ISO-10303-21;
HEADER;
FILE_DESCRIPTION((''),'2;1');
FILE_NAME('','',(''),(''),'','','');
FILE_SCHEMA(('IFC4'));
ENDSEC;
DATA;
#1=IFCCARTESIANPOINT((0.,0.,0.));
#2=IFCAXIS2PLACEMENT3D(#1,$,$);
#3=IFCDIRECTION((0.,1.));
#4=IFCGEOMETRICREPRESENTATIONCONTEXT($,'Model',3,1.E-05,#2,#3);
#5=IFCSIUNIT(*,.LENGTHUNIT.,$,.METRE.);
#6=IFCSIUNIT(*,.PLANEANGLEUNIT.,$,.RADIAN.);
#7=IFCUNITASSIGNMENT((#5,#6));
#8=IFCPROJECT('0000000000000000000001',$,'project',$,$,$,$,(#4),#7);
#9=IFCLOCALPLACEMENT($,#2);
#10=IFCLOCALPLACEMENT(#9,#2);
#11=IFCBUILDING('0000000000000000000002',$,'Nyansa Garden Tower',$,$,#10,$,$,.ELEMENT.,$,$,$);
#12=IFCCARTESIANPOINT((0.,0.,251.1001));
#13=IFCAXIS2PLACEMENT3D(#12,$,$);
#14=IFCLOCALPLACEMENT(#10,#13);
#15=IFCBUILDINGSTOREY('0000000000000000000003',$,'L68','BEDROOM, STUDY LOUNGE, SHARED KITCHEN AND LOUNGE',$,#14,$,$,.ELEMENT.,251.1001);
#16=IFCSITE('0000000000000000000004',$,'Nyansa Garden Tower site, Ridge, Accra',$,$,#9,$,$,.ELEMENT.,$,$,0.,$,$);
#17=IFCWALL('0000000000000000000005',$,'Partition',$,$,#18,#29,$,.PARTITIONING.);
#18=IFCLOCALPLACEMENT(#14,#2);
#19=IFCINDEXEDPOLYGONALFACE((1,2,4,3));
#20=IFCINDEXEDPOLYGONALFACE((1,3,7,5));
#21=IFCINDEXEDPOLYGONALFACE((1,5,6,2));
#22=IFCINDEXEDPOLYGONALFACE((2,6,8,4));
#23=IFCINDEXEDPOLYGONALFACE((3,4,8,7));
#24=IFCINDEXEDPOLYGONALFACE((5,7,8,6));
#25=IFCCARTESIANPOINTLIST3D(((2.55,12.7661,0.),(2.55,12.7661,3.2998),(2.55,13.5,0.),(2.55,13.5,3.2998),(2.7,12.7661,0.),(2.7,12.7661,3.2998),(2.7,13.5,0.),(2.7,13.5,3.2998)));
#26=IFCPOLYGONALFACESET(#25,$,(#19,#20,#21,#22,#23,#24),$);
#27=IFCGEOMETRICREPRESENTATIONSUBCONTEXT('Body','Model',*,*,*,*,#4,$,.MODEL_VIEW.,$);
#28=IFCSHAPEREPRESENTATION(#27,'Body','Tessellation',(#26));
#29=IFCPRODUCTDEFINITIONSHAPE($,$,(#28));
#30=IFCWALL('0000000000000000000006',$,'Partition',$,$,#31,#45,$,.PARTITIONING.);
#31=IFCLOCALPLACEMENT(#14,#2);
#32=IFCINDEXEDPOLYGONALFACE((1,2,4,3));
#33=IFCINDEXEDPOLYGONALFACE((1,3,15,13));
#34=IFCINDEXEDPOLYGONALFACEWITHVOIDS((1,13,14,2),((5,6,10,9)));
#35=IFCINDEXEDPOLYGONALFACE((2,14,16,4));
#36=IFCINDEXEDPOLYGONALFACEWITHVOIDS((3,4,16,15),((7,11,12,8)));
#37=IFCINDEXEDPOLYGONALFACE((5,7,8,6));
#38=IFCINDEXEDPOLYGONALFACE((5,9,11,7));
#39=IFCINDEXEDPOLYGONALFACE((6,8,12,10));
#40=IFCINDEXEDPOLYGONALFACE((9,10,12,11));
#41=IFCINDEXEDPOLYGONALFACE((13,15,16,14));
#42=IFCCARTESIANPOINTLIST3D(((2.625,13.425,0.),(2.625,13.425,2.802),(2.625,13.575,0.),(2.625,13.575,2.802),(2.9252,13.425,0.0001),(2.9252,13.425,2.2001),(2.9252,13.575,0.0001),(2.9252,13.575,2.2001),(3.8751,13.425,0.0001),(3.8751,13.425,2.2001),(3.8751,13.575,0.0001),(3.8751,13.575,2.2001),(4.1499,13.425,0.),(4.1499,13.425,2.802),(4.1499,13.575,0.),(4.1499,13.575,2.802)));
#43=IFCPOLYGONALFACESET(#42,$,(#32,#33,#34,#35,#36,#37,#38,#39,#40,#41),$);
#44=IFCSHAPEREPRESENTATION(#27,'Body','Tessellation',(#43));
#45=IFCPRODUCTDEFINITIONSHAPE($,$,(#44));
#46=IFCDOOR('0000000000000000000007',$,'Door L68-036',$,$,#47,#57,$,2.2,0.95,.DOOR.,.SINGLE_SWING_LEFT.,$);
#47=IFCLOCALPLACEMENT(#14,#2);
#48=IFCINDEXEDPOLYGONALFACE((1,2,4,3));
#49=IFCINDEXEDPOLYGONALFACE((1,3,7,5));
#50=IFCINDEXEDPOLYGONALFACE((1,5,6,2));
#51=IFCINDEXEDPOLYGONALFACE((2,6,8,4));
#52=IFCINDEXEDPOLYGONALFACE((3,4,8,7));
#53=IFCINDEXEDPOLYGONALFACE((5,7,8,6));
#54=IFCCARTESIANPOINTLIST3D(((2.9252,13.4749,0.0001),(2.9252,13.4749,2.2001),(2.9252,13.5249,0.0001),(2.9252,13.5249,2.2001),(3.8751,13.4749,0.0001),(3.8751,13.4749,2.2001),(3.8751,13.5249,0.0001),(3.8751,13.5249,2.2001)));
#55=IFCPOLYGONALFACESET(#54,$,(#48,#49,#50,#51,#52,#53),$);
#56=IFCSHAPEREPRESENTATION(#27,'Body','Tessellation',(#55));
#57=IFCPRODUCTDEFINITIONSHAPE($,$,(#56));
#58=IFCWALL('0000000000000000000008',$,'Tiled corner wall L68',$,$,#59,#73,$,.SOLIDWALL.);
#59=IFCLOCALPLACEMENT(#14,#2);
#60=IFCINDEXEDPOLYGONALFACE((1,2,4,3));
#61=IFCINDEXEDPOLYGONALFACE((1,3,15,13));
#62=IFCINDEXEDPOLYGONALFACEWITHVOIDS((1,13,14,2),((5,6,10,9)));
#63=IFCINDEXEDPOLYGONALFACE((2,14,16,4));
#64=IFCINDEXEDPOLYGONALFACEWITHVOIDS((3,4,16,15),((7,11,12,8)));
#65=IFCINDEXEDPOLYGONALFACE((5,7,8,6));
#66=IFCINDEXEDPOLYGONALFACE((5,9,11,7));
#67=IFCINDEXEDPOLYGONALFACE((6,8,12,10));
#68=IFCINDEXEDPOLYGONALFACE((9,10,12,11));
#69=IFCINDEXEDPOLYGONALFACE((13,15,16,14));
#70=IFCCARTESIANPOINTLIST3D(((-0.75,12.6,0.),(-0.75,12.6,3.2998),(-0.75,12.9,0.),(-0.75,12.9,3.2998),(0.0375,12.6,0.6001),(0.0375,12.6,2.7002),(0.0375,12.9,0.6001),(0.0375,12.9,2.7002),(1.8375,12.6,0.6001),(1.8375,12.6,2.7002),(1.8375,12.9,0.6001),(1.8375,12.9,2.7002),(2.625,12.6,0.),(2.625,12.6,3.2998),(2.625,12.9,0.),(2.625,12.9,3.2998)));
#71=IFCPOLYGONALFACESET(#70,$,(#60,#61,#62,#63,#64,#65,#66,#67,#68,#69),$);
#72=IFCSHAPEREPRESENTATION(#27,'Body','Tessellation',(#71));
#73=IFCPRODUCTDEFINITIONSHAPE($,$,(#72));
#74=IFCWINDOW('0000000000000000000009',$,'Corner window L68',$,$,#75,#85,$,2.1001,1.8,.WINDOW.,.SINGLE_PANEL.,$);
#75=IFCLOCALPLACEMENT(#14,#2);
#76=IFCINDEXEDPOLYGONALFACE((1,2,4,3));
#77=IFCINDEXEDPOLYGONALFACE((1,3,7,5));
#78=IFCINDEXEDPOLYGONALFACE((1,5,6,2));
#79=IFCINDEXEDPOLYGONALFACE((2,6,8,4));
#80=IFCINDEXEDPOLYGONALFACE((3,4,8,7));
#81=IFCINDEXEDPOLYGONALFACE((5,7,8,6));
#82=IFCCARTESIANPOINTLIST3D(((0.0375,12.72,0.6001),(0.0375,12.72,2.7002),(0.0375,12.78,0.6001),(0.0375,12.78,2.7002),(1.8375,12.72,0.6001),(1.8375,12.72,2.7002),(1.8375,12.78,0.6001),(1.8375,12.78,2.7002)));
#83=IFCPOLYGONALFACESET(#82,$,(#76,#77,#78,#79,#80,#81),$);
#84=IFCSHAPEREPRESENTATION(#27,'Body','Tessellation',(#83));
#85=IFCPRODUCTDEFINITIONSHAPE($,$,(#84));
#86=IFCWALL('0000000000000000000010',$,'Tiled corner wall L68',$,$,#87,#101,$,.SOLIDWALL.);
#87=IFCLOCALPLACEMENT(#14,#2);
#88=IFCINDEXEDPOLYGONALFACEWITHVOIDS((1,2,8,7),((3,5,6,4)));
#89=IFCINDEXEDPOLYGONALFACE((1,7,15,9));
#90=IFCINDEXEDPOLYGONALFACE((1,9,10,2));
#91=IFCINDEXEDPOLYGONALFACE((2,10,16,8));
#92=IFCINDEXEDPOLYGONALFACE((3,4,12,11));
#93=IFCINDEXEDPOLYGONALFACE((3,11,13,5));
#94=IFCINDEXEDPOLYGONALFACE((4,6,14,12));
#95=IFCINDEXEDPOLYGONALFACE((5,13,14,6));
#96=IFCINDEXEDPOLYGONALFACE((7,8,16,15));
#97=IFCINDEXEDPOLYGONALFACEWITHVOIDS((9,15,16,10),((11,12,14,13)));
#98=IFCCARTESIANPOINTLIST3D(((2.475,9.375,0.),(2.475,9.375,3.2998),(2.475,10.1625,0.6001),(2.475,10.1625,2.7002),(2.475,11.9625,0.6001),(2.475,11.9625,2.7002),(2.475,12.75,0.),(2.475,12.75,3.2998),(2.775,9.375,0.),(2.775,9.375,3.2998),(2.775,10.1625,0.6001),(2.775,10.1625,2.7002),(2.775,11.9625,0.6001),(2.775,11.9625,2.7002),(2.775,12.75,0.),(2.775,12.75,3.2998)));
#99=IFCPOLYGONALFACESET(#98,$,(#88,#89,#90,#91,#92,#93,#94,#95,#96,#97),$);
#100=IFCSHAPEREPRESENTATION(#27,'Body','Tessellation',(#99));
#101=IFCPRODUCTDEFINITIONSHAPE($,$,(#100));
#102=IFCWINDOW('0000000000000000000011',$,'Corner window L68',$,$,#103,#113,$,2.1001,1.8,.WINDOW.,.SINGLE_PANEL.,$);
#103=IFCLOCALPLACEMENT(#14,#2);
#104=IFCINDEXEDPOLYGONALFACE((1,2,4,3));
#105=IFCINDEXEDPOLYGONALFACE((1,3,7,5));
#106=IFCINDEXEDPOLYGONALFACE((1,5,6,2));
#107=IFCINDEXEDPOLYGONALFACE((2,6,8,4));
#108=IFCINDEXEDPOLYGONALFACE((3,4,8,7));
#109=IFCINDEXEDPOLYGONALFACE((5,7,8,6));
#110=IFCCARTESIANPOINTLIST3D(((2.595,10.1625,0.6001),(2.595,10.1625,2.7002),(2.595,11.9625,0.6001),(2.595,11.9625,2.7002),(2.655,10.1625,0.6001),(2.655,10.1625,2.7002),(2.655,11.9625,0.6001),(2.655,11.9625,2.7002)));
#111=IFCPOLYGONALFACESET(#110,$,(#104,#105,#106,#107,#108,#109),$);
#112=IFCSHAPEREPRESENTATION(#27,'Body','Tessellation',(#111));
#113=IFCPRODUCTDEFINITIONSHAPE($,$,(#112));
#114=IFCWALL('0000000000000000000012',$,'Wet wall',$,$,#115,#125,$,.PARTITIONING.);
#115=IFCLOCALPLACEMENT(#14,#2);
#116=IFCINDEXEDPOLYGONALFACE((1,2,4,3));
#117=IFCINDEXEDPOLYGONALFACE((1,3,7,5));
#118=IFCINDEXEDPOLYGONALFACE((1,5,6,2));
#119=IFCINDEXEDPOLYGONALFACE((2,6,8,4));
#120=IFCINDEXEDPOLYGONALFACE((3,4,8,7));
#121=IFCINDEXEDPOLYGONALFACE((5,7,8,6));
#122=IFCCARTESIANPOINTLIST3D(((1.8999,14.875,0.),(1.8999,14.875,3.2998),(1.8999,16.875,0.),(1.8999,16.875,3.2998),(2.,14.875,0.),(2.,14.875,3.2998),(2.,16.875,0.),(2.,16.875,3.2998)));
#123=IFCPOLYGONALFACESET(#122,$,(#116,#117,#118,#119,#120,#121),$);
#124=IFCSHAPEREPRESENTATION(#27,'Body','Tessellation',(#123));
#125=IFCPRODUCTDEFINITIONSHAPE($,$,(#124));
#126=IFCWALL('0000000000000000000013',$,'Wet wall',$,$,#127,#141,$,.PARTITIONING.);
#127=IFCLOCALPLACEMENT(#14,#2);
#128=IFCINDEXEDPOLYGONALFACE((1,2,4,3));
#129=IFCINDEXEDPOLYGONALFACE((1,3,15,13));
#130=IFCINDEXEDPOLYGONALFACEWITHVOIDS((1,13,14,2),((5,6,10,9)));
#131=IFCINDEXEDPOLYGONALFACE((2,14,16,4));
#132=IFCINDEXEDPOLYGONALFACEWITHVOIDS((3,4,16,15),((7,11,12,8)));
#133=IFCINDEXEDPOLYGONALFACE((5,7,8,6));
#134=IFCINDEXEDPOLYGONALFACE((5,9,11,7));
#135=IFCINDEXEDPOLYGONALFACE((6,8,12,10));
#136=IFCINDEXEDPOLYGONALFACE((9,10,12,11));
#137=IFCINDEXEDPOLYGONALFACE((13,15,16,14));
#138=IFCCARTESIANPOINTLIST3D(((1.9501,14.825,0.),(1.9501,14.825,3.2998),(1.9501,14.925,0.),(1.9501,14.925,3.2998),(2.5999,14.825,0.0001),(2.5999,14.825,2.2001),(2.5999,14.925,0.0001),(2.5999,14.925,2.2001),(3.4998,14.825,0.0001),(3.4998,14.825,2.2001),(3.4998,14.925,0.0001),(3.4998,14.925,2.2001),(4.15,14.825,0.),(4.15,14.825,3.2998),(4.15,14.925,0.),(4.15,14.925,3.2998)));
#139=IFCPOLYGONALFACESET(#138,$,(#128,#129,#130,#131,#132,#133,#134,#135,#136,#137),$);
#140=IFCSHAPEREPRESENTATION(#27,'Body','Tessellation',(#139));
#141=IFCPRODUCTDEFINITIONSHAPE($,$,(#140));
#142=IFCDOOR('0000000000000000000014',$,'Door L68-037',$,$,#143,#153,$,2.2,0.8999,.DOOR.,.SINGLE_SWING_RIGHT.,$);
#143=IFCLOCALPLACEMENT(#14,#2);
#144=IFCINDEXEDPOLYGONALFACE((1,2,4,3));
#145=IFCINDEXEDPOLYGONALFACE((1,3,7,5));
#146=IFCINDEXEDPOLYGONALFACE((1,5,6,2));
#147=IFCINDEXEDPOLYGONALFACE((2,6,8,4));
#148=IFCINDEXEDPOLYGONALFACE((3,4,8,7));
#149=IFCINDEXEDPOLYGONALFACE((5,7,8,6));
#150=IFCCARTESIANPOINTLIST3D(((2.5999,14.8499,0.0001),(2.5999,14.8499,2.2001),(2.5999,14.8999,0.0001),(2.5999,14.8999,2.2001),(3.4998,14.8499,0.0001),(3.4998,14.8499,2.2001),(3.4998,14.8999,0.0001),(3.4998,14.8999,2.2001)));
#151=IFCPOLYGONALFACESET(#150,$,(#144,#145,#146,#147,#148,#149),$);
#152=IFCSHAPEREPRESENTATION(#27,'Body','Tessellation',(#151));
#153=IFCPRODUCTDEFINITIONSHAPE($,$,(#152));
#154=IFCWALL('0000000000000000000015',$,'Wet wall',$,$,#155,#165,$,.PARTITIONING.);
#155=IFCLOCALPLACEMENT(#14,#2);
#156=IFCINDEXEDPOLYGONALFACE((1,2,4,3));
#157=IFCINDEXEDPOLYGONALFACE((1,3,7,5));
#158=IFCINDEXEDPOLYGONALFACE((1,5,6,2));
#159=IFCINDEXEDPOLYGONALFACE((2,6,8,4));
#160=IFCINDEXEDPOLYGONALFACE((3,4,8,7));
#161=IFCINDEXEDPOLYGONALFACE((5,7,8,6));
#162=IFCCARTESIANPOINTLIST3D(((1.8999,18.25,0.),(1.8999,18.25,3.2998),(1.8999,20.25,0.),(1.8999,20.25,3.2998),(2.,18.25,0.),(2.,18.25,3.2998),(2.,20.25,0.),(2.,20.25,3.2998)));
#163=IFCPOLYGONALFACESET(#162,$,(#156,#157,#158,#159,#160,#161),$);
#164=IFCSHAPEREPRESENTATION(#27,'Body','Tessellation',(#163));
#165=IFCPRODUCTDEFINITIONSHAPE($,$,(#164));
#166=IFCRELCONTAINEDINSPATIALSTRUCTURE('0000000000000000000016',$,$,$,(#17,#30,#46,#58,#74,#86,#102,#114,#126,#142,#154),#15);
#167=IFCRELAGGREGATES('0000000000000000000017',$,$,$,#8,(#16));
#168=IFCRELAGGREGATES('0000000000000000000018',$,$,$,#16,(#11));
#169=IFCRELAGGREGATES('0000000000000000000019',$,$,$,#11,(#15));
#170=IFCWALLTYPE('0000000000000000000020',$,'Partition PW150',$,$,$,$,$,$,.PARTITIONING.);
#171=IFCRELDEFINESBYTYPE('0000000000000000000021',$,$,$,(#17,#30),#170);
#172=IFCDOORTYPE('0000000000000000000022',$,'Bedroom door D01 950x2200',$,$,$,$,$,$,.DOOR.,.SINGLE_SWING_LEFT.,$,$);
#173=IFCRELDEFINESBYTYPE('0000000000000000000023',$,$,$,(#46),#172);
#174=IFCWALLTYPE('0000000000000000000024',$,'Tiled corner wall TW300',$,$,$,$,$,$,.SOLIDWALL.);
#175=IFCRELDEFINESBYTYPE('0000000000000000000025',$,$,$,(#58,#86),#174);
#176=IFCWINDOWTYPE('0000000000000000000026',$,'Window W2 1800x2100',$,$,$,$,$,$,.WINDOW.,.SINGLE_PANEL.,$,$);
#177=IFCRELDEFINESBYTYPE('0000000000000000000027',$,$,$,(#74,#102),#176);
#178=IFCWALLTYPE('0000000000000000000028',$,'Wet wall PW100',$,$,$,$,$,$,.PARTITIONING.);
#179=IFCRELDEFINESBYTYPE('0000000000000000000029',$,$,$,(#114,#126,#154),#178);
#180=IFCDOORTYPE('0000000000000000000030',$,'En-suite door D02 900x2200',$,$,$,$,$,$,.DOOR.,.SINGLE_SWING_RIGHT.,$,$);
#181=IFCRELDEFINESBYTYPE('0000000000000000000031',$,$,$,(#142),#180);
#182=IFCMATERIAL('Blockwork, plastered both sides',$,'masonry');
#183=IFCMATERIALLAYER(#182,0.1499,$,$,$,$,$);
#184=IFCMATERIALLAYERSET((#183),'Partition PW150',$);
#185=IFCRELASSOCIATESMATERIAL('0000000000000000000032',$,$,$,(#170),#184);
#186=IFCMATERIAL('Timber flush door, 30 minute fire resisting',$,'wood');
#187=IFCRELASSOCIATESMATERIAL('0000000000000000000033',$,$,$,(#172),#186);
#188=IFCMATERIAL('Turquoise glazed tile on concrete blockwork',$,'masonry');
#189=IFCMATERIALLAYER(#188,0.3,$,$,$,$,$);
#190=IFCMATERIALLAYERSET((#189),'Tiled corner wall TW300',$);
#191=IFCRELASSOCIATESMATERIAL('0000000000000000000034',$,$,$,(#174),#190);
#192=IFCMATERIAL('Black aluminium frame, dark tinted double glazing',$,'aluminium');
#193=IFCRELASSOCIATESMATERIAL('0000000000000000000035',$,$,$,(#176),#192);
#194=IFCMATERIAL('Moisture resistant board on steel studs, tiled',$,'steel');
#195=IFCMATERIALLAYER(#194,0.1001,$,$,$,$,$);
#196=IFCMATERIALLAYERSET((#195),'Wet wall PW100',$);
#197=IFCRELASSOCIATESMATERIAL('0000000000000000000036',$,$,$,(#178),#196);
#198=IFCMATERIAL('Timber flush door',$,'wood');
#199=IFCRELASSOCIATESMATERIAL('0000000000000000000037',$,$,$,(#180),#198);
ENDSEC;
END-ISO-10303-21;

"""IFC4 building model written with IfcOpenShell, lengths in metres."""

from ifc_helpers import new_model, si_unit, direction, frame, frame_2d, origin, place, context, subcontext, project, spatial, rectangle, extrude, material, layer, layer_set, type_object, element, fill, save


model = new_model("IFC4")

# Units and contexts
model_context = context("Model", 3, precision=1e-05, world=origin(), true_north=direction((0.0, 1.0)))
body_context = subcontext(model_context, "Body", "Model", "MODEL_VIEW")
ifc_project = project(units=[si_unit("LENGTHUNIT", "METRE"), si_unit("PLANEANGLEUNIT", "RADIAN")], contexts=[model_context])

# Site, building, storey
site_placement = place(None, origin())
site = spatial("IfcSite", under=ifc_project, at=site_placement, Name="Nyansa Garden Tower site, Ridge, Accra", CompositionType="ELEMENT", RefElevation=0.0)
building_placement = place(site_placement, origin())
building = spatial("IfcBuilding", under=site, at=building_placement, Name="Nyansa Garden Tower", CompositionType="ELEMENT")
storey_placement = place(building_placement, frame((0.0, 0.0, 251.1001)))
storey = spatial("IfcBuildingStorey", under=building, at=storey_placement, Name="L68", Description="BEDROOM, STUDY LOUNGE, SHARED KITCHEN AND LOUNGE", CompositionType="ELEMENT", Elevation=251.1001)

# Wall
ifc_material_1 = material(Name="Blockwork, plastered both sides", Category="masonry")
ifc_layer_1 = layer(ifc_material_1, 0.1499)
ifc_layer_set_1 = layer_set([ifc_layer_1], Name="Partition PW150")
wall_type_1 = type_object("IfcWallType", Name="Partition PW150", PredefinedType="PARTITIONING", material=ifc_layer_set_1)
wall_1_placement = place(storey_placement, frame((2.625, 12.7661, 0.0), z_axis=(0.0, 0.0, 1.0), x_axis=(0.0, 1.0, 0.0)))
element("IfcWall", 1, at=wall_1_placement, inside=storey, type_object=wall_type_1, Name="Partition", PredefinedType="PARTITIONING", context=body_context, shape_type="SweptSolid", body=[
    extrude(rectangle(XDim=0.7339, YDim=0.1499, at=frame_2d((0.3669, 0.0))), origin(), (0.0, 0.0, 1.0), 3.2998),
])

# Wall, opening, door
wall_2_placement = place(storey_placement, frame((2.625, 13.5, 0.0), z_axis=(0.0, 0.0, 1.0), x_axis=(1.0, 0.0, 0.0)))
wall_2 = element("IfcWall", 2, at=wall_2_placement, inside=storey, type_object=wall_type_1, Name="Partition", PredefinedType="PARTITIONING", context=body_context, shape_type="SweptSolid", body=[
    extrude(rectangle(XDim=1.5249, YDim=0.1499, at=frame_2d((0.7625, 0.0))), origin(), (0.0, 0.0, 1.0), 2.802),
])
opening_1_placement = place(wall_2_placement, frame((0.3, 0.0, 0.0)))
opening_1 = element("IfcOpeningElement", 3, at=opening_1_placement, cuts=wall_2, PredefinedType="OPENING", context=body_context, shape_type="SweptSolid", body=[
    extrude(rectangle(XDim=0.95, YDim=2.2, at=frame_2d((0.4751, 1.1001))), frame((0.0, 0.085, 0.0), z_axis=(0.0, -1.0, 0.0), x_axis=(1.0, 0.0, 0.0)), (0.0, 0.0, 1.0), 0.1699),
])
ifc_material_2 = material(Name="Timber flush door, 30 minute fire resisting", Category="wood")
door_type_1 = type_object("IfcDoorType", Name="Bedroom door D01 950x2200", OperationType="SINGLE_SWING_LEFT", PredefinedType="DOOR", material=ifc_material_2)
door_1_placement = place(opening_1_placement, origin())
door_1 = element("IfcDoor", 4, at=door_1_placement, inside=storey, type_object=door_type_1, Name="Door L68-036", OperationType="SINGLE_SWING_LEFT", OverallHeight=2.2, OverallWidth=0.95, PredefinedType="DOOR", context=body_context, shape_type="SweptSolid", body=[
    extrude(rectangle(XDim=0.95, YDim=2.2, at=frame_2d((0.4751, 1.1001))), frame((0.0, 0.0249, 0.0), z_axis=(0.0, -1.0, 0.0), x_axis=(1.0, 0.0, 0.0)), (0.0, 0.0, 1.0), 0.05),
])
fill(opening_1, door_1)

# Walls, openings, windows
ifc_material_3 = material(Name="Turquoise glazed tile on concrete blockwork", Category="masonry")
ifc_layer_2 = layer(ifc_material_3, 0.3)
ifc_layer_set_2 = layer_set([ifc_layer_2], Name="Tiled corner wall TW300")
wall_type_2 = type_object("IfcWallType", Name="Tiled corner wall TW300", PredefinedType="SOLIDWALL", material=ifc_layer_set_2)
wall_3_placement = place(storey_placement, frame((-0.75, 12.75, 0.0), z_axis=(0.0, 0.0, 1.0), x_axis=(1.0, 0.0, 0.0)))
wall_3 = element("IfcWall", 5, at=wall_3_placement, inside=storey, type_object=wall_type_2, Name="Tiled corner wall L68", PredefinedType="SOLIDWALL", context=body_context, shape_type="SweptSolid", body=[
    extrude(rectangle(XDim=3.375, YDim=0.3, at=frame_2d((1.6875, 0.0))), origin(), (0.0, 0.0, 1.0), 3.2998),
])
opening_2_placement = place(wall_3_placement, frame((0.7876, 0.0, 0.6001)))
opening_2 = element("IfcOpeningElement", 6, at=opening_2_placement, cuts=wall_3, PredefinedType="OPENING", context=body_context, shape_type="SweptSolid", body=[
    extrude(rectangle(XDim=1.8, YDim=2.1001, at=frame_2d((0.8999, 1.05))), frame((0.0, 0.1599, 0.0), z_axis=(0.0, -1.0, 0.0), x_axis=(1.0, 0.0, 0.0)), (0.0, 0.0, 1.0), 0.3201),
])
ifc_material_4 = material(Name="Black aluminium frame, dark tinted double glazing", Category="aluminium")
window_type = type_object("IfcWindowType", Name="Window W2 1800x2100", PartitioningType="SINGLE_PANEL", PredefinedType="WINDOW", material=ifc_material_4)
window_1_placement = place(opening_2_placement, origin())
window_1 = element("IfcWindow", 7, at=window_1_placement, inside=storey, type_object=window_type, Name="Corner window L68", OverallHeight=2.1001, OverallWidth=1.8, PartitioningType="SINGLE_PANEL", PredefinedType="WINDOW", context=body_context, shape_type="SweptSolid", body=[
    extrude(rectangle(XDim=1.8, YDim=2.1001, at=frame_2d((0.8999, 1.05))), frame((0.0, 0.03, 0.0), z_axis=(0.0, -1.0, 0.0), x_axis=(1.0, 0.0, 0.0)), (0.0, 0.0, 1.0), 0.0601),
])
fill(opening_2, window_1)
wall_4_placement = place(storey_placement, frame((2.625, 12.75, 0.0), z_axis=(0.0, 0.0, 1.0), x_axis=(0.0, -1.0, 0.0)))
wall_4 = element("IfcWall", 8, at=wall_4_placement, inside=storey, type_object=wall_type_2, Name="Tiled corner wall L68", PredefinedType="SOLIDWALL", context=body_context, shape_type="SweptSolid", body=[
    extrude(rectangle(XDim=3.375, YDim=0.3, at=frame_2d((1.6875, 0.0))), origin(), (0.0, 0.0, 1.0), 3.2998),
])
opening_3_placement = place(wall_4_placement, frame((0.7876, 0.0, 0.6001)))
opening_3 = element("IfcOpeningElement", 9, at=opening_3_placement, cuts=wall_4, PredefinedType="OPENING", context=body_context, shape_type="SweptSolid", body=[
    extrude(rectangle(XDim=1.8, YDim=2.1001, at=frame_2d((0.8999, 1.05))), frame((0.0, 0.1599, 0.0), z_axis=(0.0, -1.0, 0.0), x_axis=(1.0, 0.0, 0.0)), (0.0, 0.0, 1.0), 0.3201),
])
window_2_placement = place(opening_3_placement, origin())
window_2 = element("IfcWindow", 10, at=window_2_placement, inside=storey, type_object=window_type, Name="Corner window L68", OverallHeight=2.1001, OverallWidth=1.8, PartitioningType="SINGLE_PANEL", PredefinedType="WINDOW", context=body_context, shape_type="SweptSolid", body=[
    extrude(rectangle(XDim=1.8, YDim=2.1001, at=frame_2d((0.8999, 1.05))), frame((0.0, 0.03, 0.0), z_axis=(0.0, -1.0, 0.0), x_axis=(1.0, 0.0, 0.0)), (0.0, 0.0, 1.0), 0.0601),
])
fill(opening_3, window_2)

# Wall
ifc_material_5 = material(Name="Moisture resistant board on steel studs, tiled", Category="steel")
ifc_layer_3 = layer(ifc_material_5, 0.1001)
ifc_layer_set_3 = layer_set([ifc_layer_3], Name="Wet wall PW100")
wall_type_3 = type_object("IfcWallType", Name="Wet wall PW100", PredefinedType="PARTITIONING", material=ifc_layer_set_3)
wall_5_placement = place(storey_placement, frame((1.95, 14.875, 0.0), z_axis=(0.0, 0.0, 1.0), x_axis=(0.0, 1.0, 0.0)))
element("IfcWall", 11, at=wall_5_placement, inside=storey, type_object=wall_type_3, Name="Wet wall", PredefinedType="PARTITIONING", context=body_context, shape_type="SweptSolid", body=[
    extrude(rectangle(XDim=2.0, YDim=0.1001, at=frame_2d((1.0, 0.0))), origin(), (0.0, 0.0, 1.0), 3.2998),
])

# Wall, opening, door
wall_6_placement = place(storey_placement, frame((1.95, 14.875, 0.0), z_axis=(0.0, 0.0, 1.0), x_axis=(1.0, 0.0, 0.0)))
wall_6 = element("IfcWall", 12, at=wall_6_placement, inside=storey, type_object=wall_type_3, Name="Wet wall", PredefinedType="PARTITIONING", context=body_context, shape_type="SweptSolid", body=[
    extrude(rectangle(XDim=2.2, YDim=0.1001, at=frame_2d((1.1001, 0.0))), origin(), (0.0, 0.0, 1.0), 3.2998),
])
opening_4_placement = place(wall_6_placement, frame((0.6499, 0.0, 0.0)))
opening_4 = element("IfcOpeningElement", 13, at=opening_4_placement, cuts=wall_6, PredefinedType="OPENING", context=body_context, shape_type="SweptSolid", body=[
    extrude(rectangle(XDim=0.8999, YDim=2.2, at=frame_2d((0.45, 1.1001))), frame((0.0, 0.0601, 0.0), z_axis=(0.0, -1.0, 0.0), x_axis=(1.0, 0.0, 0.0)), (0.0, 0.0, 1.0), 0.1201),
])
ifc_material_6 = material(Name="Timber flush door", Category="wood")
door_type_2 = type_object("IfcDoorType", Name="En-suite door D02 900x2200", OperationType="SINGLE_SWING_RIGHT", PredefinedType="DOOR", material=ifc_material_6)
door_2_placement = place(opening_4_placement, origin())
door_2 = element("IfcDoor", 14, at=door_2_placement, inside=storey, type_object=door_type_2, Name="Door L68-037", OperationType="SINGLE_SWING_RIGHT", OverallHeight=2.2, OverallWidth=0.8999, PredefinedType="DOOR", context=body_context, shape_type="SweptSolid", body=[
    extrude(rectangle(XDim=0.8999, YDim=2.2, at=frame_2d((0.45, 1.1001))), frame((0.0, 0.0249, 0.0), z_axis=(0.0, -1.0, 0.0), x_axis=(1.0, 0.0, 0.0)), (0.0, 0.0, 1.0), 0.05),
])
fill(opening_4, door_2)

# Wall
wall_7_placement = place(storey_placement, frame((1.95, 18.25, 0.0), z_axis=(0.0, 0.0, 1.0), x_axis=(0.0, 1.0, 0.0)))
element("IfcWall", 15, at=wall_7_placement, inside=storey, type_object=wall_type_3, Name="Wet wall", PredefinedType="PARTITIONING", context=body_context, shape_type="SweptSolid", body=[
    extrude(rectangle(XDim=2.0, YDim=0.1001, at=frame_2d((1.0, 0.0))), origin(), (0.0, 0.0, 1.0), 3.2998),
])

save(model, "model.ifc")
